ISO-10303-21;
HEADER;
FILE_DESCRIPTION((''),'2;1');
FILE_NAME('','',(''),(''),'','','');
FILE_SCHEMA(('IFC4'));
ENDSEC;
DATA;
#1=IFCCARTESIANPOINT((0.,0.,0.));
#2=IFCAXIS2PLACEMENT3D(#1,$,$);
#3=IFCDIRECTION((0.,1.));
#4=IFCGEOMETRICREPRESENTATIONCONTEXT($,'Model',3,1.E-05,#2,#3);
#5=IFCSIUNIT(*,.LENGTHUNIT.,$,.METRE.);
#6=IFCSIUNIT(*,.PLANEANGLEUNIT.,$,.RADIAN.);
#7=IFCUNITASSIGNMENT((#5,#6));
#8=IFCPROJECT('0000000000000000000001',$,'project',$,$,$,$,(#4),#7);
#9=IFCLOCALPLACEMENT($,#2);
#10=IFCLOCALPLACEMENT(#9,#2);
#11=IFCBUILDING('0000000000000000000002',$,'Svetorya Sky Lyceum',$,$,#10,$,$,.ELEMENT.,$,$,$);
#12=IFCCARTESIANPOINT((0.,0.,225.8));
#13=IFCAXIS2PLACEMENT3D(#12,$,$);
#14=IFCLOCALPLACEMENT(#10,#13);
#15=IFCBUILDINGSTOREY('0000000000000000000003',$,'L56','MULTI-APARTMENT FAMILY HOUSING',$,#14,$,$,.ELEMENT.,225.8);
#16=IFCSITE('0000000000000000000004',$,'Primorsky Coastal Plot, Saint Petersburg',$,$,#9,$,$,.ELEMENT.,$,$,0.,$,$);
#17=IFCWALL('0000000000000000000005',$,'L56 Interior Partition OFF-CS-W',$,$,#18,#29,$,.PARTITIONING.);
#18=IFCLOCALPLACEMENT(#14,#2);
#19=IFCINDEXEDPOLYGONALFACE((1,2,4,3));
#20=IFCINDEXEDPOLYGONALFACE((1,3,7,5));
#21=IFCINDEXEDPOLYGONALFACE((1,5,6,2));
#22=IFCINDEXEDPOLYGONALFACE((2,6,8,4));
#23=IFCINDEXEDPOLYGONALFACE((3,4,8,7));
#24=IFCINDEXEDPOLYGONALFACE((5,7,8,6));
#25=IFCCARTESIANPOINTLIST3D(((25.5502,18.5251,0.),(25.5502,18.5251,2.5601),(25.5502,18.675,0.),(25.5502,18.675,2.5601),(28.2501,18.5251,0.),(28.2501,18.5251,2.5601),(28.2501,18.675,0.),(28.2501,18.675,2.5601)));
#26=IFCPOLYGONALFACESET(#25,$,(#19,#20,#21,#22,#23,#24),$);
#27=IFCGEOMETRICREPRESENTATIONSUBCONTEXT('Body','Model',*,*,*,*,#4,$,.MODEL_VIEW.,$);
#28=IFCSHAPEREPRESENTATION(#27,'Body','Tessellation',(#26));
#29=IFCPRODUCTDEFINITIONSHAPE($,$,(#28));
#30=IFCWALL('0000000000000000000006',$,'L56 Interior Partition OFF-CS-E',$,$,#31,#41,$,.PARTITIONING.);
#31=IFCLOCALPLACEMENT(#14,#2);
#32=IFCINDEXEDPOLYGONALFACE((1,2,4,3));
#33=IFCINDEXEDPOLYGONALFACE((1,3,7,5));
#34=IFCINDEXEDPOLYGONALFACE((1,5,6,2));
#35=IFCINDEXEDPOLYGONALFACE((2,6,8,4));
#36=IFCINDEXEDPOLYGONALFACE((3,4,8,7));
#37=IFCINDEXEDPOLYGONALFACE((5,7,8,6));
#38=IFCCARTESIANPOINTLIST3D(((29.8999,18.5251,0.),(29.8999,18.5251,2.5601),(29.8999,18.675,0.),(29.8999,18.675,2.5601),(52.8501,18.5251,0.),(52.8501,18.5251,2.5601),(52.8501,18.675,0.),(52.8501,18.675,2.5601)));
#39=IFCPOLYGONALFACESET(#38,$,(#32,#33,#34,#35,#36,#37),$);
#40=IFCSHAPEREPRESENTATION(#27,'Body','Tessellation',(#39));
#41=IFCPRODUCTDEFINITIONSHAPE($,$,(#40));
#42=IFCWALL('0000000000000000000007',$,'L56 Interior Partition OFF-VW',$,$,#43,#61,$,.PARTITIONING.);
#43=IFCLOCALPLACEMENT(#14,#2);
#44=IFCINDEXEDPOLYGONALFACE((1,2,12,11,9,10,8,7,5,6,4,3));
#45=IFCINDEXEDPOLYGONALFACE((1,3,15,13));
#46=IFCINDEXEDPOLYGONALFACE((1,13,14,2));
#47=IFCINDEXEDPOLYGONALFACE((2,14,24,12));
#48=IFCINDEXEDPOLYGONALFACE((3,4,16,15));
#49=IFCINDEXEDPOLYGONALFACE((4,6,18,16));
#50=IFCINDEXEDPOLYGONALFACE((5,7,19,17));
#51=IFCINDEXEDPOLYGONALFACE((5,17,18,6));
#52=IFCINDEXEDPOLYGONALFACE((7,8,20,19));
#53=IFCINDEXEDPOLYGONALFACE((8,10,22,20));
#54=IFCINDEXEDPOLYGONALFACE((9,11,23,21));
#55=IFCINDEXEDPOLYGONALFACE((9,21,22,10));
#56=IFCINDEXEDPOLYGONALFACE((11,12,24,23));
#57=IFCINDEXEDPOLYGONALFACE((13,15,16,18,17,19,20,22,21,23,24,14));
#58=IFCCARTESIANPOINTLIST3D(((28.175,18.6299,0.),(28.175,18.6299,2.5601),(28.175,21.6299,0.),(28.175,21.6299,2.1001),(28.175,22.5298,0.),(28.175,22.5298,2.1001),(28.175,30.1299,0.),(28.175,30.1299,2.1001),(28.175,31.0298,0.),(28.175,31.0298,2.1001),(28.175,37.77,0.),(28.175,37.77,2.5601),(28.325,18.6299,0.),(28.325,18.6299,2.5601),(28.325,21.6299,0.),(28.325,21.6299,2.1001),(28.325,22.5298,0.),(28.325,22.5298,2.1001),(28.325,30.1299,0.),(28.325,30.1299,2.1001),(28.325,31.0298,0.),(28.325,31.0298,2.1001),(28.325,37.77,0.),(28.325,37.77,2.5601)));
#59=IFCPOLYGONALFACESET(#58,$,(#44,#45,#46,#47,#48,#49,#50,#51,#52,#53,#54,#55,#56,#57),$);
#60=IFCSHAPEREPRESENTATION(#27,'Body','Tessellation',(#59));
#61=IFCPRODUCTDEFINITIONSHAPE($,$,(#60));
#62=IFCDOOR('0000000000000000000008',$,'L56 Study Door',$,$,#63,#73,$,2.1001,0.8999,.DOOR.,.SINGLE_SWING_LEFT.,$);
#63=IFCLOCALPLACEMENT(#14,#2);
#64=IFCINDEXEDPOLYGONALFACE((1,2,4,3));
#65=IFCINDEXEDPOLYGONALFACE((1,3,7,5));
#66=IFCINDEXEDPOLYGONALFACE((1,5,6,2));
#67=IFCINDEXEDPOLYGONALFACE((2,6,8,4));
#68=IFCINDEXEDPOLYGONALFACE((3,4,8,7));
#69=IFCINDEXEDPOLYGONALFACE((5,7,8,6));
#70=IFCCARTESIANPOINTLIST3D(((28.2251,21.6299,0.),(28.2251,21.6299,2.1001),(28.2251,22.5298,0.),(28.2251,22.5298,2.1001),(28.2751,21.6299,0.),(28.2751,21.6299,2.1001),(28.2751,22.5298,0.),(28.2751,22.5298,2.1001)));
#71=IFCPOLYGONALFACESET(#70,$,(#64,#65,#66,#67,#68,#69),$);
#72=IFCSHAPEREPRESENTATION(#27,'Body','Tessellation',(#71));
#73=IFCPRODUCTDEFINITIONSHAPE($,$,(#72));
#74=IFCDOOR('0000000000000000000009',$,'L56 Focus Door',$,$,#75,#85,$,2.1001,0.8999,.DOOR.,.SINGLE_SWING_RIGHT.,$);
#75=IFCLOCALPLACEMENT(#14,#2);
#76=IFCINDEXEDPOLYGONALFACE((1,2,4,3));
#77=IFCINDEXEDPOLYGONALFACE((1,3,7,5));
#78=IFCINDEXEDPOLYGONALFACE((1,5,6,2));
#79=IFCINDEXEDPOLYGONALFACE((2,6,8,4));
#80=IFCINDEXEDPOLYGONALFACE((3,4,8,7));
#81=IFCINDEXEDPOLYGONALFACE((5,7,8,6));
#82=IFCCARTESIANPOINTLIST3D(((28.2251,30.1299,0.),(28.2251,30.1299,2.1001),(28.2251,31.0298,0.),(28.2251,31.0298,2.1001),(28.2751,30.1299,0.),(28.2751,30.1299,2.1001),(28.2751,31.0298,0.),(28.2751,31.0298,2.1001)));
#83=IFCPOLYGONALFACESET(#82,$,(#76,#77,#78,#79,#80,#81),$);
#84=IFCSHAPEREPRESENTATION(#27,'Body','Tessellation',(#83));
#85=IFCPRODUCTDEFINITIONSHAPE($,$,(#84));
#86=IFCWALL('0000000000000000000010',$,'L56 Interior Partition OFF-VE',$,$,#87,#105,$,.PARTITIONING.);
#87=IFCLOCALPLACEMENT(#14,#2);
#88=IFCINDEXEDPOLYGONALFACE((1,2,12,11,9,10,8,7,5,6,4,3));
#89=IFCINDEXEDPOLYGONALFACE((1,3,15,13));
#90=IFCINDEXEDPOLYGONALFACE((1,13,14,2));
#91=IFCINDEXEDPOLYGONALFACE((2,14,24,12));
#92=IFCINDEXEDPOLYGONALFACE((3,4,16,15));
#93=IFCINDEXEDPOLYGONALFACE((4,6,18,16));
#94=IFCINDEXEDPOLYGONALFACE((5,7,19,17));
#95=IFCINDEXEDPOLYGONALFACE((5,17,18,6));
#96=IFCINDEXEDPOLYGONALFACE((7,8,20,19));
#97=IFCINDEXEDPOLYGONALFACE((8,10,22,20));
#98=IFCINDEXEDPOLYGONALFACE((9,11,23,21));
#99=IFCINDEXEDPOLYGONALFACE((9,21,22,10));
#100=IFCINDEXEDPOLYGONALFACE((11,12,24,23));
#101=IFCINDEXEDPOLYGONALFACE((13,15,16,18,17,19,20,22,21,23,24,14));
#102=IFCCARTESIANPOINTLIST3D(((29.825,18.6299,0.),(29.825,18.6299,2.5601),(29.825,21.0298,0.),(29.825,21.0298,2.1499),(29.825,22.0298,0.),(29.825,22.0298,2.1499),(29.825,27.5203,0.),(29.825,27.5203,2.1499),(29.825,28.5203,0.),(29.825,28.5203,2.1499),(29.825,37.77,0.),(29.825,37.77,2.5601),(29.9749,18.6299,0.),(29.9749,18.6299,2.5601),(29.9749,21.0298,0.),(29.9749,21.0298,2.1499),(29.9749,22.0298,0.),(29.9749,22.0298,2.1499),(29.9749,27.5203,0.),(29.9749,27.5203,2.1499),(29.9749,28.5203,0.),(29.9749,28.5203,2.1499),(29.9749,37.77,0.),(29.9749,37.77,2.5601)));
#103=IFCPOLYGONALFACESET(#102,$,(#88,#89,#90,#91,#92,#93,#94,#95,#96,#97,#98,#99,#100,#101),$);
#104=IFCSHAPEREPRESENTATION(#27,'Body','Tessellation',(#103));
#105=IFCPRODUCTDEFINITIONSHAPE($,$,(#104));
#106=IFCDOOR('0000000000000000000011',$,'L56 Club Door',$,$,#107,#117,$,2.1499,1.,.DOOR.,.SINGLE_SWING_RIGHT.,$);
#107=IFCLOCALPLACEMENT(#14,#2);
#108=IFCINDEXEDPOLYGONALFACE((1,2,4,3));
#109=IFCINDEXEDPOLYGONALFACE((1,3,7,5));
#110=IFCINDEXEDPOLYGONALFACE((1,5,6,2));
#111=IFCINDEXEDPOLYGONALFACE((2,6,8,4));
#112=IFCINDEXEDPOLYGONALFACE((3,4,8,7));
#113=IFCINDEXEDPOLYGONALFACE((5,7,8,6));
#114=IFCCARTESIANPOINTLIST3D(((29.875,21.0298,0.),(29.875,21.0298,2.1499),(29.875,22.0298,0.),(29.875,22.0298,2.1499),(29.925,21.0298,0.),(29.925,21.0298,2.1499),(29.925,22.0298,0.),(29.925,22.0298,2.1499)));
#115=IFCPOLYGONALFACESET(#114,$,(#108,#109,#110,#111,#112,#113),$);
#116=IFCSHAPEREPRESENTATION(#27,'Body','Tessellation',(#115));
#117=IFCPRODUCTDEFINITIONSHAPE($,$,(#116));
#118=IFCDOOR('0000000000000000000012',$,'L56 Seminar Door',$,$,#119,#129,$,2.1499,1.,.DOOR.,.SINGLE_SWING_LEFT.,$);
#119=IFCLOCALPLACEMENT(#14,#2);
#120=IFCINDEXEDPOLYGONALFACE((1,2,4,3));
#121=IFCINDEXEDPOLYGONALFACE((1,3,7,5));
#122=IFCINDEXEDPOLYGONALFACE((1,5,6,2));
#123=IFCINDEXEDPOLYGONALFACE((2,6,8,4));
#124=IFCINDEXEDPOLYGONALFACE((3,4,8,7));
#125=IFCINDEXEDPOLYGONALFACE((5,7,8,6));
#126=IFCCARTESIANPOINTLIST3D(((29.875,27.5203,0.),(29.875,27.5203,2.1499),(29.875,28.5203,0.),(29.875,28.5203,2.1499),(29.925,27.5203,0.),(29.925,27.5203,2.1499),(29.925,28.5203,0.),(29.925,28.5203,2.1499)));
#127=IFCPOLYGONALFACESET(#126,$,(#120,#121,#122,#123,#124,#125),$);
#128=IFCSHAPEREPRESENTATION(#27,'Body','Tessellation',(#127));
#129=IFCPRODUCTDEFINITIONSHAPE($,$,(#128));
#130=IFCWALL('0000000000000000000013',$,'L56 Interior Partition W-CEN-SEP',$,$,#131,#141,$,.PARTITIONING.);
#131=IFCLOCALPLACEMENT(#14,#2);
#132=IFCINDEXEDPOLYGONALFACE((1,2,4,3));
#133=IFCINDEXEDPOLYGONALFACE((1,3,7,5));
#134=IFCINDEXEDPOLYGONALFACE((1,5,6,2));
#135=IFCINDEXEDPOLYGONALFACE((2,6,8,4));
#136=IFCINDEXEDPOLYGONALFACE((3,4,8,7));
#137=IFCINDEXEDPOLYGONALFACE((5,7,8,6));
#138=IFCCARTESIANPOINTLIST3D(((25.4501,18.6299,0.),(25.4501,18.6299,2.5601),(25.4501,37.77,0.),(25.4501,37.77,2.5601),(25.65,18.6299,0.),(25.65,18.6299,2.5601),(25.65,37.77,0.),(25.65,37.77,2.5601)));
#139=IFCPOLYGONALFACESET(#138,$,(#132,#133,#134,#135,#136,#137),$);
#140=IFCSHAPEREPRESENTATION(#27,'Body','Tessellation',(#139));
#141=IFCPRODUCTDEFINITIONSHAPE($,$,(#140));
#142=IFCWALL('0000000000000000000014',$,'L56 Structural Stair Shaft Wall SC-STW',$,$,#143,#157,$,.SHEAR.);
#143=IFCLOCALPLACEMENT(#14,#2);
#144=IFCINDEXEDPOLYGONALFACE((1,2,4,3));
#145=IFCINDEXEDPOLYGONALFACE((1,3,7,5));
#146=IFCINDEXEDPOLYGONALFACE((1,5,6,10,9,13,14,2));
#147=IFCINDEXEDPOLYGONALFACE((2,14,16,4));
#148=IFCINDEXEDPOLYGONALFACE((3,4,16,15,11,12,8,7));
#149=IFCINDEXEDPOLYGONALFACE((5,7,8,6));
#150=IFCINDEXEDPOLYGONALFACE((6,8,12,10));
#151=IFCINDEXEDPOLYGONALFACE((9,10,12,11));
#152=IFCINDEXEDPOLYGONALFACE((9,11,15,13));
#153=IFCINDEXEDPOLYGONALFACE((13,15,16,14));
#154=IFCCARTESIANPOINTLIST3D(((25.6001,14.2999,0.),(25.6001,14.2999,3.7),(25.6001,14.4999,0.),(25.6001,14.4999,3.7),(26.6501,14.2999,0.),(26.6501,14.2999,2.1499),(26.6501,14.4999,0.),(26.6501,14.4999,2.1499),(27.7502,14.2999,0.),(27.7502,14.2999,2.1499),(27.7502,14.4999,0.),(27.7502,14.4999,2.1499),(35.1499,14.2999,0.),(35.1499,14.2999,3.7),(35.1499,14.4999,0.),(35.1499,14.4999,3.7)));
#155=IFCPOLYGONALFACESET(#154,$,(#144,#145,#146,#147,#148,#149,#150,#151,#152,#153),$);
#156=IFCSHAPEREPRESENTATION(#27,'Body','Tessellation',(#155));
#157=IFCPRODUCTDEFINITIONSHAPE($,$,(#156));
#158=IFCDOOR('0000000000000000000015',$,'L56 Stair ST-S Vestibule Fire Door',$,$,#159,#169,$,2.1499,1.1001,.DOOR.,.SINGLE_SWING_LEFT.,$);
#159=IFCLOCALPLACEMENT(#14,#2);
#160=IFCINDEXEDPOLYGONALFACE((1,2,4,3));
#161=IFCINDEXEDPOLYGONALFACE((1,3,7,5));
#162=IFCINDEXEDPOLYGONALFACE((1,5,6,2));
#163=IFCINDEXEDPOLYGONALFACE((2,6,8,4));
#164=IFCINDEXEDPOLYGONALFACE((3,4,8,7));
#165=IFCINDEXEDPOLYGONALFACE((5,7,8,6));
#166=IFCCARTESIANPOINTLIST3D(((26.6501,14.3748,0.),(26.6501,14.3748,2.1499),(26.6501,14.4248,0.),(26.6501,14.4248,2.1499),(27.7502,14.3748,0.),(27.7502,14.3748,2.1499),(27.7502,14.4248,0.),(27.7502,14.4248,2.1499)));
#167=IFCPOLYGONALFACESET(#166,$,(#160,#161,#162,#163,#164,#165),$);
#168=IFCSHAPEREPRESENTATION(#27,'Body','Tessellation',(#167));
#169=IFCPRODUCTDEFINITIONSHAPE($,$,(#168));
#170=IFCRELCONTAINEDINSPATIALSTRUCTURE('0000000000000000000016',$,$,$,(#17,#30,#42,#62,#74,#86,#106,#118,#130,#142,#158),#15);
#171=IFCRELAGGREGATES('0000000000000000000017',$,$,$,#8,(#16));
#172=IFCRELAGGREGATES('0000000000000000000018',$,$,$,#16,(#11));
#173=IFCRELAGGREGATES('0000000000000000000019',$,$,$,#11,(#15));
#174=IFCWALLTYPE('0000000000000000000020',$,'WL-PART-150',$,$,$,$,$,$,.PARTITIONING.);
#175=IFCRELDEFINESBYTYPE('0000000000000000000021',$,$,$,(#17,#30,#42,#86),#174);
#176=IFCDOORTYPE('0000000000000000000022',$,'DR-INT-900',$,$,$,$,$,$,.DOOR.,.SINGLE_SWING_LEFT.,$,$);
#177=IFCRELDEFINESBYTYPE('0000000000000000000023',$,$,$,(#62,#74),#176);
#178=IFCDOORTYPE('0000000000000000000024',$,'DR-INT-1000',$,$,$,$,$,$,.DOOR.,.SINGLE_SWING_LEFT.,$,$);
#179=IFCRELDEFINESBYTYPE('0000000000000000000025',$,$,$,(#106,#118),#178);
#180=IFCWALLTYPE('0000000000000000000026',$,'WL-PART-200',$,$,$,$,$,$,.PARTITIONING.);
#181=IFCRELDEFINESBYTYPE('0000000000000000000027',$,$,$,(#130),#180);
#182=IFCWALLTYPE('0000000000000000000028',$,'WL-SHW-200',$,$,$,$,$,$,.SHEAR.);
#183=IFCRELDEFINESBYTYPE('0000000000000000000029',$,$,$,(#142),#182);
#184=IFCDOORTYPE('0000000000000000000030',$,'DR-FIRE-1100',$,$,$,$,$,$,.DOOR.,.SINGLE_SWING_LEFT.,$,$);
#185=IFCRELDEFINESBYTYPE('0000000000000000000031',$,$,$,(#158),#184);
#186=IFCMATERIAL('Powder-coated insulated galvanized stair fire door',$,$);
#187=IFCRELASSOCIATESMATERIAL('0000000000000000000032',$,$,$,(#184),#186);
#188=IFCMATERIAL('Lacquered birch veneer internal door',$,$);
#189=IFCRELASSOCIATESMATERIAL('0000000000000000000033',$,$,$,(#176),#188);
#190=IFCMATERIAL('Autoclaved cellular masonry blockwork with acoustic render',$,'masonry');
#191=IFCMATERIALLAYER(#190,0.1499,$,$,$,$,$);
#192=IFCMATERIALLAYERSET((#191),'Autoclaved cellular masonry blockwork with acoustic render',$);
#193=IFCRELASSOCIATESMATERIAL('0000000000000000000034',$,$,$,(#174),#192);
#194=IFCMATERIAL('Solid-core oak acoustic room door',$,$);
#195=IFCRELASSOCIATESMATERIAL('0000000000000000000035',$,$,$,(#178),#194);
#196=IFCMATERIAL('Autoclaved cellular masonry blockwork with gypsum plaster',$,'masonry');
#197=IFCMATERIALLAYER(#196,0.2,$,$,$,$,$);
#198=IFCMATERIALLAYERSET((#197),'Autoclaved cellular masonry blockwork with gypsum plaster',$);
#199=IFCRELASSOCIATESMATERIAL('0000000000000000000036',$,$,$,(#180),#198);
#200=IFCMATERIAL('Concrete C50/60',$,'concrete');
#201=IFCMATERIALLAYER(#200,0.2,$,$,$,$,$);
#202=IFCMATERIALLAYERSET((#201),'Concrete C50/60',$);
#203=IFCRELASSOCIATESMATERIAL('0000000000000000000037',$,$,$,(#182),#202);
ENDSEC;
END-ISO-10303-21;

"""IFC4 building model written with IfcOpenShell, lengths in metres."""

from ifc_helpers import new_model, si_unit, direction, frame, frame_2d, origin, place, context, subcontext, project, spatial, rectangle, extrude, material, layer, layer_set, type_object, element, fill, save


model = new_model("IFC4")

# Units and contexts
model_context = context("Model", 3, precision=1e-05, world=origin(), true_north=direction((0.0, 1.0)))
body_context = subcontext(model_context, "Body", "Model", "MODEL_VIEW")
ifc_project = project(units=[si_unit("LENGTHUNIT", "METRE"), si_unit("PLANEANGLEUNIT", "RADIAN")], contexts=[model_context])

# Site, building, storey
site_placement = place(None, origin())
site = spatial("IfcSite", under=ifc_project, at=site_placement, Name="Primorsky Coastal Plot, Saint Petersburg", CompositionType="ELEMENT", RefElevation=0.0)
building_placement = place(site_placement, origin())
building = spatial("IfcBuilding", under=site, at=building_placement, Name="Svetorya Sky Lyceum", CompositionType="ELEMENT")
storey_placement = place(building_placement, frame((0.0, 0.0, 225.8)))
storey = spatial("IfcBuildingStorey", under=building, at=storey_placement, Name="L56", Description="MULTI-APARTMENT FAMILY HOUSING", CompositionType="ELEMENT", Elevation=225.8)

# Shared definitions
ifc_material_1 = material(Name="Concrete C50/60", Category="concrete")

# Shared definitions
ifc_material_2 = material(Name="Powder-coated insulated galvanized stair fire door")
door_type_1 = type_object("IfcDoorType", Name="DR-FIRE-1100", OperationType="SINGLE_SWING_LEFT", PredefinedType="DOOR", material=ifc_material_2)
ifc_material_3 = material(Name="Lacquered birch veneer internal door")
door_type_2 = type_object("IfcDoorType", Name="DR-INT-900", OperationType="SINGLE_SWING_LEFT", PredefinedType="DOOR", material=ifc_material_3)

# Walls
ifc_material_4 = material(Name="Autoclaved cellular masonry blockwork with acoustic render", Category="masonry")
ifc_layer_1 = layer(ifc_material_4, 0.1499)
ifc_layer_set_1 = layer_set([ifc_layer_1], Name="Autoclaved cellular masonry blockwork with acoustic render")
wall_type_1 = type_object("IfcWallType", Name="WL-PART-150", PredefinedType="PARTITIONING", material=ifc_layer_set_1)
wall_1_placement = place(storey_placement, frame((25.55, 18.6001, 0.0), z_axis=(0.0, 0.0, 1.0), x_axis=(1.0, 0.0, 0.0)))
element("IfcWall", 1, at=wall_1_placement, inside=storey, type_object=wall_type_1, Name="L56 Interior Partition OFF-CS-W", PredefinedType="PARTITIONING", context=body_context, shape_type="SweptSolid", body=[
    extrude(rectangle(XDim=2.7, YDim=0.1499, at=frame_2d((1.3501, 0.0))), origin(), (0.0, 0.0, 1.0), 2.5601),
])
wall_2_placement = place(storey_placement, frame((29.8999, 18.6001, 0.0), z_axis=(0.0, 0.0, 1.0), x_axis=(1.0, 0.0, 0.0)))
element("IfcWall", 2, at=wall_2_placement, inside=storey, type_object=wall_type_1, Name="L56 Interior Partition OFF-CS-E", PredefinedType="PARTITIONING", context=body_context, shape_type="SweptSolid", body=[
    extrude(rectangle(XDim=22.9502, YDim=0.1499, at=frame_2d((11.4751, 0.0))), origin(), (0.0, 0.0, 1.0), 2.5601),
])

# Walls, openings, doors
wall_3_placement = place(storey_placement, frame((28.25, 18.6299, 0.0), z_axis=(0.0, 0.0, 1.0), x_axis=(0.0, 1.0, 0.0)))
wall_3 = element("IfcWall", 3, at=wall_3_placement, inside=storey, type_object=wall_type_1, Name="L56 Interior Partition OFF-VW", PredefinedType="PARTITIONING", context=body_context, shape_type="SweptSolid", body=[
    extrude(rectangle(XDim=19.1401, YDim=0.1499, at=frame_2d((9.5701, 0.0))), origin(), (0.0, 0.0, 1.0), 2.5601),
])
opening_1_placement = place(wall_3_placement, frame((3.0, 0.0, 0.0)))
opening_1 = element("IfcOpeningElement", 4, at=opening_1_placement, cuts=wall_3, PredefinedType="OPENING", context=body_context, shape_type="SweptSolid", body=[
    extrude(rectangle(XDim=0.8999, YDim=2.1001, at=frame_2d((0.45, 1.05))), frame((0.0, 0.085, 0.0), z_axis=(0.0, -1.0, 0.0), x_axis=(1.0, 0.0, 0.0)), (0.0, 0.0, 1.0), 0.1699),
])
opening_2_placement = place(wall_3_placement, frame((11.5, 0.0, 0.0)))
opening_2 = element("IfcOpeningElement", 5, at=opening_2_placement, cuts=wall_3, PredefinedType="OPENING", context=body_context, shape_type="SweptSolid", body=[
    extrude(rectangle(XDim=0.8999, YDim=2.1001, at=frame_2d((0.45, 1.05))), frame((0.0, 0.085, 0.0), z_axis=(0.0, -1.0, 0.0), x_axis=(1.0, 0.0, 0.0)), (0.0, 0.0, 1.0), 0.1699),
])
door_1_placement = place(opening_1_placement, origin())
door_1 = element("IfcDoor", 6, at=door_1_placement, inside=storey, type_object=door_type_2, Name="L56 Study Door", OperationType="SINGLE_SWING_LEFT", OverallHeight=2.1001, OverallWidth=0.8999, PredefinedType="DOOR", context=body_context, shape_type="SweptSolid", body=[
    extrude(rectangle(XDim=0.8999, YDim=2.1001, at=frame_2d((0.45, 1.05))), frame((0.0, 0.0249, 0.0), z_axis=(0.0, -1.0, 0.0), x_axis=(1.0, 0.0, 0.0)), (0.0, 0.0, 1.0), 0.05),
])
fill(opening_1, door_1)
door_2_placement = place(opening_2_placement, origin())
door_2 = element("IfcDoor", 7, at=door_2_placement, inside=storey, type_object=door_type_2, Name="L56 Focus Door", OperationType="SINGLE_SWING_RIGHT", OverallHeight=2.1001, OverallWidth=0.8999, PredefinedType="DOOR", context=body_context, shape_type="SweptSolid", body=[
    extrude(rectangle(XDim=0.8999, YDim=2.1001, at=frame_2d((0.45, 1.05))), frame((0.0, 0.0249, 0.0), z_axis=(0.0, -1.0, 0.0), x_axis=(1.0, 0.0, 0.0)), (0.0, 0.0, 1.0), 0.05),
])
fill(opening_2, door_2)
wall_4_placement = place(storey_placement, frame((29.8999, 18.6299, 0.0), z_axis=(0.0, 0.0, 1.0), x_axis=(0.0, 1.0, 0.0)))
wall_4 = element("IfcWall", 8, at=wall_4_placement, inside=storey, type_object=wall_type_1, Name="L56 Interior Partition OFF-VE", PredefinedType="PARTITIONING", context=body_context, shape_type="SweptSolid", body=[
    extrude(rectangle(XDim=19.1401, YDim=0.1499, at=frame_2d((9.5701, 0.0))), origin(), (0.0, 0.0, 1.0), 2.5601),
])
opening_3_placement = place(wall_4_placement, frame((2.3999, 0.0, 0.0)))
opening_3 = element("IfcOpeningElement", 9, at=opening_3_placement, cuts=wall_4, PredefinedType="OPENING", context=body_context, shape_type="SweptSolid", body=[
    extrude(rectangle(XDim=1.0, YDim=2.1499, at=frame_2d((0.5, 1.075))), frame((0.0, 0.085, 0.0), z_axis=(0.0, -1.0, 0.0), x_axis=(1.0, 0.0, 0.0)), (0.0, 0.0, 1.0), 0.1699),
])
opening_4_placement = place(wall_4_placement, frame((8.8904, 0.0, 0.0)))
opening_4 = element("IfcOpeningElement", 10, at=opening_4_placement, cuts=wall_4, PredefinedType="OPENING", context=body_context, shape_type="SweptSolid", body=[
    extrude(rectangle(XDim=1.0, YDim=2.1499, at=frame_2d((0.5, 1.075))), frame((0.0, 0.085, 0.0), z_axis=(0.0, -1.0, 0.0), x_axis=(1.0, 0.0, 0.0)), (0.0, 0.0, 1.0), 0.1699),
])
ifc_material_5 = material(Name="Solid-core oak acoustic room door")
door_type_3 = type_object("IfcDoorType", Name="DR-INT-1000", OperationType="SINGLE_SWING_LEFT", PredefinedType="DOOR", material=ifc_material_5)
door_3_placement = place(opening_3_placement, origin())
door_3 = element("IfcDoor", 11, at=door_3_placement, inside=storey, type_object=door_type_3, Name="L56 Club Door", OperationType="SINGLE_SWING_RIGHT", OverallHeight=2.1499, OverallWidth=1.0, PredefinedType="DOOR", context=body_context, shape_type="SweptSolid", body=[
    extrude(rectangle(XDim=1.0, YDim=2.1499, at=frame_2d((0.5, 1.075))), frame((0.0, 0.0249, 0.0), z_axis=(0.0, -1.0, 0.0), x_axis=(1.0, 0.0, 0.0)), (0.0, 0.0, 1.0), 0.05),
])
fill(opening_3, door_3)
door_4_placement = place(opening_4_placement, origin())
door_4 = element("IfcDoor", 12, at=door_4_placement, inside=storey, type_object=door_type_3, Name="L56 Seminar Door", OperationType="SINGLE_SWING_LEFT", OverallHeight=2.1499, OverallWidth=1.0, PredefinedType="DOOR", context=body_context, shape_type="SweptSolid", body=[
    extrude(rectangle(XDim=1.0, YDim=2.1499, at=frame_2d((0.5, 1.075))), frame((0.0, 0.0249, 0.0), z_axis=(0.0, -1.0, 0.0), x_axis=(1.0, 0.0, 0.0)), (0.0, 0.0, 1.0), 0.05),
])
fill(opening_4, door_4)

# Wall
ifc_material_6 = material(Name="Autoclaved cellular masonry blockwork with gypsum plaster", Category="masonry")
ifc_layer_2 = layer(ifc_material_6, 0.2)
ifc_layer_set_2 = layer_set([ifc_layer_2], Name="Autoclaved cellular masonry blockwork with gypsum plaster")
wall_type_2 = type_object("IfcWallType", Name="WL-PART-200", PredefinedType="PARTITIONING", material=ifc_layer_set_2)
wall_5_placement = place(storey_placement, frame((25.55, 18.6299, 0.0), z_axis=(0.0, 0.0, 1.0), x_axis=(0.0, 1.0, 0.0)))
element("IfcWall", 13, at=wall_5_placement, inside=storey, type_object=wall_type_2, Name="L56 Interior Partition W-CEN-SEP", PredefinedType="PARTITIONING", context=body_context, shape_type="SweptSolid", body=[
    extrude(rectangle(XDim=19.1401, YDim=0.2, at=frame_2d((9.5701, 0.0))), origin(), (0.0, 0.0, 1.0), 2.5601),
])

# Wall, opening, door
ifc_layer_3 = layer(ifc_material_1, 0.2)
ifc_layer_set_3 = layer_set([ifc_layer_3], Name="Concrete C50/60")
wall_type_3 = type_object("IfcWallType", Name="WL-SHW-200", PredefinedType="SHEAR", material=ifc_layer_set_3)
wall_6_placement = place(storey_placement, frame((25.6001, 14.3999, 0.0), z_axis=(0.0, 0.0, 1.0), x_axis=(1.0, 0.0, 0.0)))
wall_6 = element("IfcWall", 14, at=wall_6_placement, inside=storey, type_object=wall_type_3, Name="L56 Structural Stair Shaft Wall SC-STW", PredefinedType="SHEAR", context=body_context, shape_type="SweptSolid", body=[
    extrude(rectangle(XDim=9.5498, YDim=0.2, at=frame_2d((4.7749, 0.0))), origin(), (0.0, 0.0, 1.0), 3.7),
])
opening_5_placement = place(wall_6_placement, frame((1.05, 0.0, 0.0)))
opening_5 = element("IfcOpeningElement", 15, at=opening_5_placement, cuts=wall_6, PredefinedType="OPENING", context=body_context, shape_type="SweptSolid", body=[
    extrude(rectangle(XDim=1.1001, YDim=2.1499, at=frame_2d((0.55, 1.075))), frame((0.0, 0.1099, 0.0), z_axis=(0.0, -1.0, 0.0), x_axis=(1.0, 0.0, 0.0)), (0.0, 0.0, 1.0), 0.22),
])
door_5_placement = place(opening_5_placement, origin())
door_5 = element("IfcDoor", 16, at=door_5_placement, inside=storey, type_object=door_type_1, Name="L56 Stair ST-S Vestibule Fire Door", OperationType="SINGLE_SWING_LEFT", OverallHeight=2.1499, OverallWidth=1.1001, PredefinedType="DOOR", context=body_context, shape_type="SweptSolid", body=[
    extrude(rectangle(XDim=1.1001, YDim=2.1499, at=frame_2d((0.55, 1.075))), frame((0.0, 0.0249, 0.0), z_axis=(0.0, -1.0, 0.0), x_axis=(1.0, 0.0, 0.0)), (0.0, 0.0, 1.0), 0.05),
])
fill(opening_5, door_5)

save(model, "model.ifc")
